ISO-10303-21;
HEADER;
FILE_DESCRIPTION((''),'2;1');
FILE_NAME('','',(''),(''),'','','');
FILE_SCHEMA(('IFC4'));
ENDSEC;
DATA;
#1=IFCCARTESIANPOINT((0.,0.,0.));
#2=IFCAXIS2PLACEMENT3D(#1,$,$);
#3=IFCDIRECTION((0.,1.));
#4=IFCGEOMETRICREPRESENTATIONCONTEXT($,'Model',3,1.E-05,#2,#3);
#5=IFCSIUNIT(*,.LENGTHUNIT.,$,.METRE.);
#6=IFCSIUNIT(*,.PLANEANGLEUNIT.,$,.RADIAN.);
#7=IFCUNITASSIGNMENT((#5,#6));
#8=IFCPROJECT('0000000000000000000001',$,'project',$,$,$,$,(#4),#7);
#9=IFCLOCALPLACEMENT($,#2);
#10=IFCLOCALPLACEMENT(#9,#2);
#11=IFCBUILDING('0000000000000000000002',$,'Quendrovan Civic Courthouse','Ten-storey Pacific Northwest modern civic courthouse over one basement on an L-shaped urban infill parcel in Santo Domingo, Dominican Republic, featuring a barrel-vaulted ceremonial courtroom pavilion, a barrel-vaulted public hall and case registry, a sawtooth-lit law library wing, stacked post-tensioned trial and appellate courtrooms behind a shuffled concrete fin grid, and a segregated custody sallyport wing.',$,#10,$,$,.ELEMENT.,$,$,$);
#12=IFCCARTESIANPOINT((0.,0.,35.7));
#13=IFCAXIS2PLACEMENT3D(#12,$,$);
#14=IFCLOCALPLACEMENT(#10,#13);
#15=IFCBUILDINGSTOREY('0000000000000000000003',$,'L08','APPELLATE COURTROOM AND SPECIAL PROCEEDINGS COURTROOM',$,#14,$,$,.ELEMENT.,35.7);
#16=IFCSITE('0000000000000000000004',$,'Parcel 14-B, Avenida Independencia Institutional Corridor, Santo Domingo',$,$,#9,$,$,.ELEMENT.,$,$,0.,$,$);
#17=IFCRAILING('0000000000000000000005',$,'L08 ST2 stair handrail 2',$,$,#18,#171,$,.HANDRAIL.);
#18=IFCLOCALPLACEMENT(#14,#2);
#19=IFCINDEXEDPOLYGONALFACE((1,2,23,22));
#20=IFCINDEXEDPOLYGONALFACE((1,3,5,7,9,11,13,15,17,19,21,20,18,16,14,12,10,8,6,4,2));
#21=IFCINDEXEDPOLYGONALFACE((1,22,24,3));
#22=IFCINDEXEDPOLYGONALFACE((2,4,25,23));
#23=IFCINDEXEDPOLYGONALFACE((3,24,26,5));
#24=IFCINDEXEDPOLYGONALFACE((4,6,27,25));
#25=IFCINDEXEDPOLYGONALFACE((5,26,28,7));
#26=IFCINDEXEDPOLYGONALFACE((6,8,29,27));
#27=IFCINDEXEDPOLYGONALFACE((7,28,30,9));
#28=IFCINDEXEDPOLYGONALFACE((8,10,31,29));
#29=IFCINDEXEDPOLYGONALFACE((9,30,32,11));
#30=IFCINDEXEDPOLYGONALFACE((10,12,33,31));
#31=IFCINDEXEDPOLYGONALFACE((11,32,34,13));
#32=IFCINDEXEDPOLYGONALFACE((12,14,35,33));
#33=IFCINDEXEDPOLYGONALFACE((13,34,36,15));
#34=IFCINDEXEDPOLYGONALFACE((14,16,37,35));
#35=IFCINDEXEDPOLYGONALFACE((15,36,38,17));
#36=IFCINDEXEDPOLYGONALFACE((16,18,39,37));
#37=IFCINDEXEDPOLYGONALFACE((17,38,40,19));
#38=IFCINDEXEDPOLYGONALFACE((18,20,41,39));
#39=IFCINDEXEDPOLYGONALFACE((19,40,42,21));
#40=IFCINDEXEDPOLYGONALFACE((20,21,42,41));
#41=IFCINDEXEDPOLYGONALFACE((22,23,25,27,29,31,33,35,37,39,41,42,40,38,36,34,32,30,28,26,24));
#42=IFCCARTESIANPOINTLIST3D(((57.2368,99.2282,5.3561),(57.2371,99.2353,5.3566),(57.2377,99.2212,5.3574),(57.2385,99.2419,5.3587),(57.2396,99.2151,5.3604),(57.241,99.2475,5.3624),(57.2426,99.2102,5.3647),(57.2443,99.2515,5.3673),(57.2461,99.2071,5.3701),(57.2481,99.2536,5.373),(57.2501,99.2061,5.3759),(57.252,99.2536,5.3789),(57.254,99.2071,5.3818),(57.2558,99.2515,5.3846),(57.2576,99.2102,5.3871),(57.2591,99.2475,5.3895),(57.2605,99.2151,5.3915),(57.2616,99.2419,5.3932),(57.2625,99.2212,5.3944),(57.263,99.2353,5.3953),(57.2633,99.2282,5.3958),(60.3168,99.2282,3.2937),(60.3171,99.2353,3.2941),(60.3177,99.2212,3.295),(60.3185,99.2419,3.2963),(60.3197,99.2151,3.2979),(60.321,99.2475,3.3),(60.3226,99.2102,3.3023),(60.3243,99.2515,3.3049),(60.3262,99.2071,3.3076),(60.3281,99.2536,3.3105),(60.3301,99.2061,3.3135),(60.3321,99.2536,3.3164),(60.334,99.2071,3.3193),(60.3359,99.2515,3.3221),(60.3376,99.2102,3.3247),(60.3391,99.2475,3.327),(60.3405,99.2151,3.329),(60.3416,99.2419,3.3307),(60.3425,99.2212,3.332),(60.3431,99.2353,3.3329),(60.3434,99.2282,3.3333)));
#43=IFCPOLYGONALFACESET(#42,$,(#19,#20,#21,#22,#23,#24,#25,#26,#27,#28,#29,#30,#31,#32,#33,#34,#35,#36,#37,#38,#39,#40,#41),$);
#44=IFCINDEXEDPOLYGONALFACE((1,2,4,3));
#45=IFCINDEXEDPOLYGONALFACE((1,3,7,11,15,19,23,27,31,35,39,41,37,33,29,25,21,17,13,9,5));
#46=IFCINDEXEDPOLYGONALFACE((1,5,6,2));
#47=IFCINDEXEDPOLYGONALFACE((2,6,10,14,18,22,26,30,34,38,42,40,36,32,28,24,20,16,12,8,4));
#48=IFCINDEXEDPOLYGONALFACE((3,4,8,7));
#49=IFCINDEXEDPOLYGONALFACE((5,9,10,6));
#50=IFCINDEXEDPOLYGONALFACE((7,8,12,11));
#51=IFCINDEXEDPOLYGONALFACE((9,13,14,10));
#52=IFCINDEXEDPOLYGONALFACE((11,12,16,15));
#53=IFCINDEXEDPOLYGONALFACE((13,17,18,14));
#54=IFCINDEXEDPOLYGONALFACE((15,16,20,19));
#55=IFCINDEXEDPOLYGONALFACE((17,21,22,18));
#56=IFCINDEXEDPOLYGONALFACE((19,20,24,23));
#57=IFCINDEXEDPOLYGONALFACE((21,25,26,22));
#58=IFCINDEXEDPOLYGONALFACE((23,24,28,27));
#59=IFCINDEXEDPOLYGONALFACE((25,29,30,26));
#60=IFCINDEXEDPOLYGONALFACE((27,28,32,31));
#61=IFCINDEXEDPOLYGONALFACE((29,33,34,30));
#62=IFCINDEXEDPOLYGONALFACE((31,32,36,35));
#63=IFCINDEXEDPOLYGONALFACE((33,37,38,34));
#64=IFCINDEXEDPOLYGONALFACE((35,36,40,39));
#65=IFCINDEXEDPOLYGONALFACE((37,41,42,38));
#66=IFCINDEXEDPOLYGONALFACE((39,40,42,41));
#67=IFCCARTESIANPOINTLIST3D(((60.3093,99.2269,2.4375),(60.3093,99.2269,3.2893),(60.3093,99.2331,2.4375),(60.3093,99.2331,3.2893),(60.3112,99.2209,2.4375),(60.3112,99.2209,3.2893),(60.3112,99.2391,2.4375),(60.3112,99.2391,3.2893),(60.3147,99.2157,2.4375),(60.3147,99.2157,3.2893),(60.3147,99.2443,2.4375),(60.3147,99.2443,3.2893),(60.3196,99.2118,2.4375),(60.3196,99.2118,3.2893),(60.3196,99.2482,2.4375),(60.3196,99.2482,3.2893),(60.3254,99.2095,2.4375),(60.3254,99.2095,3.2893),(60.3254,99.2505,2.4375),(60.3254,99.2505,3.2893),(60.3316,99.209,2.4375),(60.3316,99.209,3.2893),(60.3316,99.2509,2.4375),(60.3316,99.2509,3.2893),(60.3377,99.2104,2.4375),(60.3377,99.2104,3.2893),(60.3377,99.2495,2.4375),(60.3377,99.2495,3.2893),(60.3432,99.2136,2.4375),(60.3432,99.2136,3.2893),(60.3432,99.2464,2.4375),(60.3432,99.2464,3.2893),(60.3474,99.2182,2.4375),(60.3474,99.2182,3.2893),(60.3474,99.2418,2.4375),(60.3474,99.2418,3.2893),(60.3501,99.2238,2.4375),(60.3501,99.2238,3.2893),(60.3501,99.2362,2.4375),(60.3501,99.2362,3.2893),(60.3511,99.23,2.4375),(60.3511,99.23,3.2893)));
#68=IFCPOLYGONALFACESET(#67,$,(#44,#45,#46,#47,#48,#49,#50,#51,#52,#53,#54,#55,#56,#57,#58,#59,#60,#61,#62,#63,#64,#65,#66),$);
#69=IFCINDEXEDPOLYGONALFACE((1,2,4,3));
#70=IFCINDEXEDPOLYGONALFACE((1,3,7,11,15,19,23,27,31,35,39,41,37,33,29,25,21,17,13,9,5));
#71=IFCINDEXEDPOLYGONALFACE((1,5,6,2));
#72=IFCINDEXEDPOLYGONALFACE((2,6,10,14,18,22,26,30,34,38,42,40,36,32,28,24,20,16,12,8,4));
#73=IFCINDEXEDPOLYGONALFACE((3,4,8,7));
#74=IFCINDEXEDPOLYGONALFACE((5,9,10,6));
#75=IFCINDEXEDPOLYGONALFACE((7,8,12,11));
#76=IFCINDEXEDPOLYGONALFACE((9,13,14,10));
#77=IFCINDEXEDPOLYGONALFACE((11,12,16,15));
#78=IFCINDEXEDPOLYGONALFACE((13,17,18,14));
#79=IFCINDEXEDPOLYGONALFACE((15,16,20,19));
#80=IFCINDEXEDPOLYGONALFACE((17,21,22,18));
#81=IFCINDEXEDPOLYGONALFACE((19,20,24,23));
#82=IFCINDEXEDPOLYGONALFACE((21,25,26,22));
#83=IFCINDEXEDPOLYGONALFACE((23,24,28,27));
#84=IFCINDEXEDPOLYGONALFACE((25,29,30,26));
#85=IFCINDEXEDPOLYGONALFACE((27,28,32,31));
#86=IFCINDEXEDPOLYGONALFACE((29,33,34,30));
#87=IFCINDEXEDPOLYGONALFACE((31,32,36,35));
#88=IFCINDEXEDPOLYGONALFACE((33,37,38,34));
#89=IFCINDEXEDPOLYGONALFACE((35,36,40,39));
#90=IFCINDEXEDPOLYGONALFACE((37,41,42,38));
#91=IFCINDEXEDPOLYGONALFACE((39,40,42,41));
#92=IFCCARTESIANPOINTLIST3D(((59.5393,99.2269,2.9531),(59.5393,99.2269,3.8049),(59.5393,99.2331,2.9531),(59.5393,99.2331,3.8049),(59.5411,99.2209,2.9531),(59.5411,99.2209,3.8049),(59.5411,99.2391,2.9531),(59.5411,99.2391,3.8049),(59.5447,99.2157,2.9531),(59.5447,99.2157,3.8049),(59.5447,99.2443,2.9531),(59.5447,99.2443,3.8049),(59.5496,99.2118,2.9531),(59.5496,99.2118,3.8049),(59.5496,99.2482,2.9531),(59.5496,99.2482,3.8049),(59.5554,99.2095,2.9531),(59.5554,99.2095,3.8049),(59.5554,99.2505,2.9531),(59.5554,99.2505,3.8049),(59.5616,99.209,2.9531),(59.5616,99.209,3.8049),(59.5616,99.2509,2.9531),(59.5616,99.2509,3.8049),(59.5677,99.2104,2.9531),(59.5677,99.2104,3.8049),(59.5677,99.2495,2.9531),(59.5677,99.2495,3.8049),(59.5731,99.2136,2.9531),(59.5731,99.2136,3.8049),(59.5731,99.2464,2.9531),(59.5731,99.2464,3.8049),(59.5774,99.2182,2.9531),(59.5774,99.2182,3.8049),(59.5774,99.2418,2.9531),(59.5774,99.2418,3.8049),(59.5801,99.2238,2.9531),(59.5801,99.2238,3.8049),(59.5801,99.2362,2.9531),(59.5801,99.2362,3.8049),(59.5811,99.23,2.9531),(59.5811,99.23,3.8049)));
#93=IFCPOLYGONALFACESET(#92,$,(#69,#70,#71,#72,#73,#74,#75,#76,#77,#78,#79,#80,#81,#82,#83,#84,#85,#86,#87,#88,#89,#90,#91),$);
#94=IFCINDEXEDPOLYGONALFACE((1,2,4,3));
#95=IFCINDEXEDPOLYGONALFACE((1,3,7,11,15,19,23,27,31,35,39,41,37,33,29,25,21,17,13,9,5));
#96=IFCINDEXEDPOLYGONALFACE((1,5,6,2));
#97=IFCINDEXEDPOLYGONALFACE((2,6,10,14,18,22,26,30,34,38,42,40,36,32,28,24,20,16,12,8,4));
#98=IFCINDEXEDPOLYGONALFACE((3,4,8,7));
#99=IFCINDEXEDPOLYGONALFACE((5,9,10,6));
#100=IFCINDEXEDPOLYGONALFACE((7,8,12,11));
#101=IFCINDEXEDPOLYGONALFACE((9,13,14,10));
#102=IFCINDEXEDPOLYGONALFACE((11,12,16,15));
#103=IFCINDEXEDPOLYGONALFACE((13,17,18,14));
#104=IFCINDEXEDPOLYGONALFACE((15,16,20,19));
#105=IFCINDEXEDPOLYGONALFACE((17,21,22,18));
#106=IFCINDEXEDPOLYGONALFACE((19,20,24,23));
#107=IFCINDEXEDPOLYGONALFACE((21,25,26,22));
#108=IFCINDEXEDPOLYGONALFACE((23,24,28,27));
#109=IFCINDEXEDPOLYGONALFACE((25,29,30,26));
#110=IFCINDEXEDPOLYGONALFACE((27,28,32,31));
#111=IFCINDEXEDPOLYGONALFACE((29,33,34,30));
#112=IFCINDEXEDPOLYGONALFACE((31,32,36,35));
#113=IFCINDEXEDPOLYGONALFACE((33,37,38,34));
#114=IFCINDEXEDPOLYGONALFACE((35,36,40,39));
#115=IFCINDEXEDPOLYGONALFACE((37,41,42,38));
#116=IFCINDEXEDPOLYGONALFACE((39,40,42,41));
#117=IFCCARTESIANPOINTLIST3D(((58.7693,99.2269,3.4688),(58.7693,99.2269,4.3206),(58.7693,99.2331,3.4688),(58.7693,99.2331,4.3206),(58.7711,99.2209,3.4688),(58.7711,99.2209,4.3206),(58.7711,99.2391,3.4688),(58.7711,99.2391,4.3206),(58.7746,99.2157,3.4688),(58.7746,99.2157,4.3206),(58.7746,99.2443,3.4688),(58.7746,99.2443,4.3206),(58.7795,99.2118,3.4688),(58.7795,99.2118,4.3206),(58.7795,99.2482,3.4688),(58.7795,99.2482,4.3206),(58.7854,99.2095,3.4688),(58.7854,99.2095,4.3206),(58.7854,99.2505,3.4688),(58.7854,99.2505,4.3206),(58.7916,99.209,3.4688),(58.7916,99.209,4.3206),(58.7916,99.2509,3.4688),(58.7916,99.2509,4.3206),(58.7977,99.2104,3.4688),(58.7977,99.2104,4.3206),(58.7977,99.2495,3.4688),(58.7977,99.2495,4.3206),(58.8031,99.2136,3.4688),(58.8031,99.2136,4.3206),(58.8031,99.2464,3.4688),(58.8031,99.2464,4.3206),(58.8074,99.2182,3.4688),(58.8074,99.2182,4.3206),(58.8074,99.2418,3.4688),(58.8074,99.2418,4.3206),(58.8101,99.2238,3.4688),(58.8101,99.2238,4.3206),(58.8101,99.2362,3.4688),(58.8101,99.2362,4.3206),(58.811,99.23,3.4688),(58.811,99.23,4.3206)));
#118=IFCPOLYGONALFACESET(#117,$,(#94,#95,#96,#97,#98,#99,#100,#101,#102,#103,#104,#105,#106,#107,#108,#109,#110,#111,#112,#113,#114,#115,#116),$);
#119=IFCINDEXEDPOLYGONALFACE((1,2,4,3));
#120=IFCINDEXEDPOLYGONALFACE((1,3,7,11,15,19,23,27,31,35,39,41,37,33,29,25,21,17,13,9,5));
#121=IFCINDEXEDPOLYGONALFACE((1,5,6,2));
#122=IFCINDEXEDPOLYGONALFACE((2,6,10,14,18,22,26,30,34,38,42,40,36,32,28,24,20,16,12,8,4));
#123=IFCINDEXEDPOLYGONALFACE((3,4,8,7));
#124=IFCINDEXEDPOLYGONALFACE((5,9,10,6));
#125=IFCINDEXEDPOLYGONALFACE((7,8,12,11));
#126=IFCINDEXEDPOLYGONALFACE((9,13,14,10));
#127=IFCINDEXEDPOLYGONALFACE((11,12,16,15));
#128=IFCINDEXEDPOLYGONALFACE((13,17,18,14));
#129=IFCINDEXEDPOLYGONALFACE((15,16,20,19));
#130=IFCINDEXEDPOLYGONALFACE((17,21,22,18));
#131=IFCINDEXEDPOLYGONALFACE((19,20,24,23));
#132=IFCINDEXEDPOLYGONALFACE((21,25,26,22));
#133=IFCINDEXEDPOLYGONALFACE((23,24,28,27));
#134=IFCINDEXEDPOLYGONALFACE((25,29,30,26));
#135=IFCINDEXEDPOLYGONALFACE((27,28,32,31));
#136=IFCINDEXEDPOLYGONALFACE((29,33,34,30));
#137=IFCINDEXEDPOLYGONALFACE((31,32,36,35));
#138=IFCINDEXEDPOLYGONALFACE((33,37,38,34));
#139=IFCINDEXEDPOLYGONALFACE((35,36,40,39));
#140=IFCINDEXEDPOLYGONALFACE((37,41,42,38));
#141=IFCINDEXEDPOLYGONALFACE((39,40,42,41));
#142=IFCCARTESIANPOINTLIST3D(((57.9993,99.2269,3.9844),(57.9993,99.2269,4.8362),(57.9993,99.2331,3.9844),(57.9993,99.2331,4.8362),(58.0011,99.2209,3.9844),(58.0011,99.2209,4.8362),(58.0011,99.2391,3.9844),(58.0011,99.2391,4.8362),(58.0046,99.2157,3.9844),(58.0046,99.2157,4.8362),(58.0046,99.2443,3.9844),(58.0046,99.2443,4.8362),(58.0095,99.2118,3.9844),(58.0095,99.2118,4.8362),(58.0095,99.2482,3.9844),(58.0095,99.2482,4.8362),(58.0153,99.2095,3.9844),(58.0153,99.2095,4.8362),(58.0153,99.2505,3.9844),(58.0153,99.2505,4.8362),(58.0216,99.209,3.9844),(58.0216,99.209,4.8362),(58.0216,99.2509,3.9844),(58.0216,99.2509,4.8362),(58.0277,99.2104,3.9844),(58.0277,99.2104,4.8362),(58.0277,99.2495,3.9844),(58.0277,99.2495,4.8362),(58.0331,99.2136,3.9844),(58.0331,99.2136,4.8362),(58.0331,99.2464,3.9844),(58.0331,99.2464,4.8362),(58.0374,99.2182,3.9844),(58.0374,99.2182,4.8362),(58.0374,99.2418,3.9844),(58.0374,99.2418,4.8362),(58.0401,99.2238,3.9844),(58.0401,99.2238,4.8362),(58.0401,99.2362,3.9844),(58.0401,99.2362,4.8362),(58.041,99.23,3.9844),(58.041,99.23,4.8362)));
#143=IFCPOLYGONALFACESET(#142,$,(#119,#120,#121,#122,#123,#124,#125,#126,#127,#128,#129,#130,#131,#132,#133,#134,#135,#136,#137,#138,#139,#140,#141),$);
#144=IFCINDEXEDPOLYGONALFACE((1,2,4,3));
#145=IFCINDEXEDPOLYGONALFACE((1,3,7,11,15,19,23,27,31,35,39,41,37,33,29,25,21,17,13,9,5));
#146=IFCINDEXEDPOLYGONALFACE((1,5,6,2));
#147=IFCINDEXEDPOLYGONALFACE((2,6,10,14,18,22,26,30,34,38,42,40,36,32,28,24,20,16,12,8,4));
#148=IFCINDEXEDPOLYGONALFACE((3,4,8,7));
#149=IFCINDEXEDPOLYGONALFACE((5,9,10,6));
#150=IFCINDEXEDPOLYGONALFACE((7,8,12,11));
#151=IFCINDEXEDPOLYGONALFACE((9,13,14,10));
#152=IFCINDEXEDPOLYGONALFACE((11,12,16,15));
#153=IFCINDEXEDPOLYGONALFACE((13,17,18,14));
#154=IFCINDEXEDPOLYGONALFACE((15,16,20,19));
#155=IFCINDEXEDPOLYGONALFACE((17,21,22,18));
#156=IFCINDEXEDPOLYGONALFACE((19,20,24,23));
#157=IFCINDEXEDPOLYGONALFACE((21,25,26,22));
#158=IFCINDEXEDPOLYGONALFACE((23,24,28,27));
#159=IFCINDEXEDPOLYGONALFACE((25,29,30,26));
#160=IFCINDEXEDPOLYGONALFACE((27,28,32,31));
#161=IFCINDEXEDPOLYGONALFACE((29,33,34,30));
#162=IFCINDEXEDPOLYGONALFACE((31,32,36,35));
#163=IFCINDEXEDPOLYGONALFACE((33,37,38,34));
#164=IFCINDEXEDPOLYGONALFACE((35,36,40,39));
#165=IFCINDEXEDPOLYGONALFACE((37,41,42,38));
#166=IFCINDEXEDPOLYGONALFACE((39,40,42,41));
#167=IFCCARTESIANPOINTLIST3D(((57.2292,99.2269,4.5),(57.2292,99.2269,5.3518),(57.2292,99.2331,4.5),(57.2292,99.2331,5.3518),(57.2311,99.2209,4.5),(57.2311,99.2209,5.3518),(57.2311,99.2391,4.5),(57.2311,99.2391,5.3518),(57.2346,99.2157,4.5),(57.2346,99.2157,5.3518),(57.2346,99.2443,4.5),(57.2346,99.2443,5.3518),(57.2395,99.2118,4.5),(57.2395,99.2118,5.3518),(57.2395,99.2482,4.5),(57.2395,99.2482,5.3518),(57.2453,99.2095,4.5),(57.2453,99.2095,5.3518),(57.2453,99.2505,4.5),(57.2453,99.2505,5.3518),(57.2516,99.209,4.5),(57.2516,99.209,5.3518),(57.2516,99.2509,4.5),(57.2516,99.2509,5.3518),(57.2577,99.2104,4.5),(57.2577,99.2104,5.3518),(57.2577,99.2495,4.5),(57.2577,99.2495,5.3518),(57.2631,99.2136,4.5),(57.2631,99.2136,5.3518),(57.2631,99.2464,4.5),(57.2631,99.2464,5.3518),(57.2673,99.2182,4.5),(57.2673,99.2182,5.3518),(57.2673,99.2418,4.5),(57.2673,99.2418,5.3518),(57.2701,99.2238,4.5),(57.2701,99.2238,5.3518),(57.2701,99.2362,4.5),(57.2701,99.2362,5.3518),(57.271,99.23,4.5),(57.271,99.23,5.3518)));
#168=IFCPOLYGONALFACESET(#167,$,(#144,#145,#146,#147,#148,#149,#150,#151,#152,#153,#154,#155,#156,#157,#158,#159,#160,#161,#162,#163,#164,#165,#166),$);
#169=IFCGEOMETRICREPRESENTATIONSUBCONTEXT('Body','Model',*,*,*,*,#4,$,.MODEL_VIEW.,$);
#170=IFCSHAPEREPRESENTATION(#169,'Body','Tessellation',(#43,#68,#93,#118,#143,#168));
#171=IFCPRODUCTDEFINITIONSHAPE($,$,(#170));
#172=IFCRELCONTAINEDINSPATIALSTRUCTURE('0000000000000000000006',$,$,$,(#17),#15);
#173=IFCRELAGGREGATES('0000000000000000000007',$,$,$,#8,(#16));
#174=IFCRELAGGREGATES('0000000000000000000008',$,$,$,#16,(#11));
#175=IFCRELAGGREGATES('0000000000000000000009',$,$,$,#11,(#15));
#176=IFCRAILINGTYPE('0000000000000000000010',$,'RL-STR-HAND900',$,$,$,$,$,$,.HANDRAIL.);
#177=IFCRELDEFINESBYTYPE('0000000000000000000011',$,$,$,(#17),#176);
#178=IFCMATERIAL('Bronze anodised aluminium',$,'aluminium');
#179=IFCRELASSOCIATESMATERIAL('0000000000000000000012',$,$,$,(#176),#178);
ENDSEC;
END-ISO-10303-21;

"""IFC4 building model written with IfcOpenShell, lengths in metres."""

from ifc_helpers import new_model, si_unit, direction, frame, origin, origin_2d, place, context, subcontext, project, spatial, circle, extrude, material, type_object, element, save


model = new_model("IFC4")

# Units and contexts
model_context = context("Model", 3, precision=1e-05, world=origin(), true_north=direction((0.0, 1.0)))
body_context = subcontext(model_context, "Body", "Model", "MODEL_VIEW")
ifc_project = project(units=[si_unit("LENGTHUNIT", "METRE"), si_unit("PLANEANGLEUNIT", "RADIAN")], contexts=[model_context])

# Site, building, storey
site_placement = place(None, origin())
site = spatial("IfcSite", under=ifc_project, at=site_placement, Name="Parcel 14-B, Avenida Independencia Institutional Corridor, Santo Domingo", CompositionType="ELEMENT", RefElevation=0.0)
building_placement = place(site_placement, origin())
building = spatial("IfcBuilding", under=site, at=building_placement, Name="Quendrovan Civic Courthouse", Description="Ten-storey Pacific Northwest modern civic courthouse over one basement on an L-shaped urban infill parcel in Santo Domingo, Dominican Republic, featuring a barrel-vaulted ceremonial courtroom pavilion, a barrel-vaulted public hall and case registry, a sawtooth-lit law library wing, stacked post-tensioned trial and appellate courtrooms behind a shuffled concrete fin grid, and a segregated custody sallyport wing.", CompositionType="ELEMENT")
storey_placement = place(building_placement, frame((0.0, 0.0, 35.7)))
storey = spatial("IfcBuildingStorey", under=building, at=storey_placement, Name="L08", Description="APPELLATE COURTROOM AND SPECIAL PROCEEDINGS COURTROOM", CompositionType="ELEMENT", Elevation=35.7)

# Railing
ifc_material_1 = material(Name="Bronze anodised aluminium", Category="aluminium")
railing_type_1 = type_object("IfcRailingType", Name="RL-STR-HAND900", PredefinedType="HANDRAIL", material=ifc_material_1)
railing_1_placement = place(storey_placement, frame((60.3301, 99.23, 2.4375)))
element("IfcRailing", 1, at=railing_1_placement, inside=storey, type_object=railing_type_1, Name="L08 ST2 stair handrail 2", PredefinedType="HANDRAIL", context=body_context, shape_type="SweptSolid", body=[
    extrude(circle(Radius=0.0239, at=origin_2d()), frame((0.0, 0.0, 0.876), z_axis=(-0.830914, 0.0, 0.556401), x_axis=(0.0, -1.0, 0.0)), (0.0, 0.0, 1.0), 3.7068),
    extrude(circle(Radius=0.021, at=origin_2d()), origin(), (0.0, 0.0, 1.0), 0.8518),
    extrude(circle(Radius=0.021, at=origin_2d()), frame((-0.77, 0.0, 0.5156)), (0.0, 0.0, 1.0), 0.8518),
    extrude(circle(Radius=0.021, at=origin_2d()), frame((-1.54, 0.0, 1.0312)), (0.0, 0.0, 1.0), 0.8518),
    extrude(circle(Radius=0.021, at=origin_2d()), frame((-2.3101, 0.0, 1.5469)), (0.0, 0.0, 1.0), 0.8518),
    extrude(circle(Radius=0.021, at=origin_2d()), frame((-3.0801, 0.0, 2.0625)), (0.0, 0.0, 1.0), 0.8518),
])

save(model, "model.ifc")
